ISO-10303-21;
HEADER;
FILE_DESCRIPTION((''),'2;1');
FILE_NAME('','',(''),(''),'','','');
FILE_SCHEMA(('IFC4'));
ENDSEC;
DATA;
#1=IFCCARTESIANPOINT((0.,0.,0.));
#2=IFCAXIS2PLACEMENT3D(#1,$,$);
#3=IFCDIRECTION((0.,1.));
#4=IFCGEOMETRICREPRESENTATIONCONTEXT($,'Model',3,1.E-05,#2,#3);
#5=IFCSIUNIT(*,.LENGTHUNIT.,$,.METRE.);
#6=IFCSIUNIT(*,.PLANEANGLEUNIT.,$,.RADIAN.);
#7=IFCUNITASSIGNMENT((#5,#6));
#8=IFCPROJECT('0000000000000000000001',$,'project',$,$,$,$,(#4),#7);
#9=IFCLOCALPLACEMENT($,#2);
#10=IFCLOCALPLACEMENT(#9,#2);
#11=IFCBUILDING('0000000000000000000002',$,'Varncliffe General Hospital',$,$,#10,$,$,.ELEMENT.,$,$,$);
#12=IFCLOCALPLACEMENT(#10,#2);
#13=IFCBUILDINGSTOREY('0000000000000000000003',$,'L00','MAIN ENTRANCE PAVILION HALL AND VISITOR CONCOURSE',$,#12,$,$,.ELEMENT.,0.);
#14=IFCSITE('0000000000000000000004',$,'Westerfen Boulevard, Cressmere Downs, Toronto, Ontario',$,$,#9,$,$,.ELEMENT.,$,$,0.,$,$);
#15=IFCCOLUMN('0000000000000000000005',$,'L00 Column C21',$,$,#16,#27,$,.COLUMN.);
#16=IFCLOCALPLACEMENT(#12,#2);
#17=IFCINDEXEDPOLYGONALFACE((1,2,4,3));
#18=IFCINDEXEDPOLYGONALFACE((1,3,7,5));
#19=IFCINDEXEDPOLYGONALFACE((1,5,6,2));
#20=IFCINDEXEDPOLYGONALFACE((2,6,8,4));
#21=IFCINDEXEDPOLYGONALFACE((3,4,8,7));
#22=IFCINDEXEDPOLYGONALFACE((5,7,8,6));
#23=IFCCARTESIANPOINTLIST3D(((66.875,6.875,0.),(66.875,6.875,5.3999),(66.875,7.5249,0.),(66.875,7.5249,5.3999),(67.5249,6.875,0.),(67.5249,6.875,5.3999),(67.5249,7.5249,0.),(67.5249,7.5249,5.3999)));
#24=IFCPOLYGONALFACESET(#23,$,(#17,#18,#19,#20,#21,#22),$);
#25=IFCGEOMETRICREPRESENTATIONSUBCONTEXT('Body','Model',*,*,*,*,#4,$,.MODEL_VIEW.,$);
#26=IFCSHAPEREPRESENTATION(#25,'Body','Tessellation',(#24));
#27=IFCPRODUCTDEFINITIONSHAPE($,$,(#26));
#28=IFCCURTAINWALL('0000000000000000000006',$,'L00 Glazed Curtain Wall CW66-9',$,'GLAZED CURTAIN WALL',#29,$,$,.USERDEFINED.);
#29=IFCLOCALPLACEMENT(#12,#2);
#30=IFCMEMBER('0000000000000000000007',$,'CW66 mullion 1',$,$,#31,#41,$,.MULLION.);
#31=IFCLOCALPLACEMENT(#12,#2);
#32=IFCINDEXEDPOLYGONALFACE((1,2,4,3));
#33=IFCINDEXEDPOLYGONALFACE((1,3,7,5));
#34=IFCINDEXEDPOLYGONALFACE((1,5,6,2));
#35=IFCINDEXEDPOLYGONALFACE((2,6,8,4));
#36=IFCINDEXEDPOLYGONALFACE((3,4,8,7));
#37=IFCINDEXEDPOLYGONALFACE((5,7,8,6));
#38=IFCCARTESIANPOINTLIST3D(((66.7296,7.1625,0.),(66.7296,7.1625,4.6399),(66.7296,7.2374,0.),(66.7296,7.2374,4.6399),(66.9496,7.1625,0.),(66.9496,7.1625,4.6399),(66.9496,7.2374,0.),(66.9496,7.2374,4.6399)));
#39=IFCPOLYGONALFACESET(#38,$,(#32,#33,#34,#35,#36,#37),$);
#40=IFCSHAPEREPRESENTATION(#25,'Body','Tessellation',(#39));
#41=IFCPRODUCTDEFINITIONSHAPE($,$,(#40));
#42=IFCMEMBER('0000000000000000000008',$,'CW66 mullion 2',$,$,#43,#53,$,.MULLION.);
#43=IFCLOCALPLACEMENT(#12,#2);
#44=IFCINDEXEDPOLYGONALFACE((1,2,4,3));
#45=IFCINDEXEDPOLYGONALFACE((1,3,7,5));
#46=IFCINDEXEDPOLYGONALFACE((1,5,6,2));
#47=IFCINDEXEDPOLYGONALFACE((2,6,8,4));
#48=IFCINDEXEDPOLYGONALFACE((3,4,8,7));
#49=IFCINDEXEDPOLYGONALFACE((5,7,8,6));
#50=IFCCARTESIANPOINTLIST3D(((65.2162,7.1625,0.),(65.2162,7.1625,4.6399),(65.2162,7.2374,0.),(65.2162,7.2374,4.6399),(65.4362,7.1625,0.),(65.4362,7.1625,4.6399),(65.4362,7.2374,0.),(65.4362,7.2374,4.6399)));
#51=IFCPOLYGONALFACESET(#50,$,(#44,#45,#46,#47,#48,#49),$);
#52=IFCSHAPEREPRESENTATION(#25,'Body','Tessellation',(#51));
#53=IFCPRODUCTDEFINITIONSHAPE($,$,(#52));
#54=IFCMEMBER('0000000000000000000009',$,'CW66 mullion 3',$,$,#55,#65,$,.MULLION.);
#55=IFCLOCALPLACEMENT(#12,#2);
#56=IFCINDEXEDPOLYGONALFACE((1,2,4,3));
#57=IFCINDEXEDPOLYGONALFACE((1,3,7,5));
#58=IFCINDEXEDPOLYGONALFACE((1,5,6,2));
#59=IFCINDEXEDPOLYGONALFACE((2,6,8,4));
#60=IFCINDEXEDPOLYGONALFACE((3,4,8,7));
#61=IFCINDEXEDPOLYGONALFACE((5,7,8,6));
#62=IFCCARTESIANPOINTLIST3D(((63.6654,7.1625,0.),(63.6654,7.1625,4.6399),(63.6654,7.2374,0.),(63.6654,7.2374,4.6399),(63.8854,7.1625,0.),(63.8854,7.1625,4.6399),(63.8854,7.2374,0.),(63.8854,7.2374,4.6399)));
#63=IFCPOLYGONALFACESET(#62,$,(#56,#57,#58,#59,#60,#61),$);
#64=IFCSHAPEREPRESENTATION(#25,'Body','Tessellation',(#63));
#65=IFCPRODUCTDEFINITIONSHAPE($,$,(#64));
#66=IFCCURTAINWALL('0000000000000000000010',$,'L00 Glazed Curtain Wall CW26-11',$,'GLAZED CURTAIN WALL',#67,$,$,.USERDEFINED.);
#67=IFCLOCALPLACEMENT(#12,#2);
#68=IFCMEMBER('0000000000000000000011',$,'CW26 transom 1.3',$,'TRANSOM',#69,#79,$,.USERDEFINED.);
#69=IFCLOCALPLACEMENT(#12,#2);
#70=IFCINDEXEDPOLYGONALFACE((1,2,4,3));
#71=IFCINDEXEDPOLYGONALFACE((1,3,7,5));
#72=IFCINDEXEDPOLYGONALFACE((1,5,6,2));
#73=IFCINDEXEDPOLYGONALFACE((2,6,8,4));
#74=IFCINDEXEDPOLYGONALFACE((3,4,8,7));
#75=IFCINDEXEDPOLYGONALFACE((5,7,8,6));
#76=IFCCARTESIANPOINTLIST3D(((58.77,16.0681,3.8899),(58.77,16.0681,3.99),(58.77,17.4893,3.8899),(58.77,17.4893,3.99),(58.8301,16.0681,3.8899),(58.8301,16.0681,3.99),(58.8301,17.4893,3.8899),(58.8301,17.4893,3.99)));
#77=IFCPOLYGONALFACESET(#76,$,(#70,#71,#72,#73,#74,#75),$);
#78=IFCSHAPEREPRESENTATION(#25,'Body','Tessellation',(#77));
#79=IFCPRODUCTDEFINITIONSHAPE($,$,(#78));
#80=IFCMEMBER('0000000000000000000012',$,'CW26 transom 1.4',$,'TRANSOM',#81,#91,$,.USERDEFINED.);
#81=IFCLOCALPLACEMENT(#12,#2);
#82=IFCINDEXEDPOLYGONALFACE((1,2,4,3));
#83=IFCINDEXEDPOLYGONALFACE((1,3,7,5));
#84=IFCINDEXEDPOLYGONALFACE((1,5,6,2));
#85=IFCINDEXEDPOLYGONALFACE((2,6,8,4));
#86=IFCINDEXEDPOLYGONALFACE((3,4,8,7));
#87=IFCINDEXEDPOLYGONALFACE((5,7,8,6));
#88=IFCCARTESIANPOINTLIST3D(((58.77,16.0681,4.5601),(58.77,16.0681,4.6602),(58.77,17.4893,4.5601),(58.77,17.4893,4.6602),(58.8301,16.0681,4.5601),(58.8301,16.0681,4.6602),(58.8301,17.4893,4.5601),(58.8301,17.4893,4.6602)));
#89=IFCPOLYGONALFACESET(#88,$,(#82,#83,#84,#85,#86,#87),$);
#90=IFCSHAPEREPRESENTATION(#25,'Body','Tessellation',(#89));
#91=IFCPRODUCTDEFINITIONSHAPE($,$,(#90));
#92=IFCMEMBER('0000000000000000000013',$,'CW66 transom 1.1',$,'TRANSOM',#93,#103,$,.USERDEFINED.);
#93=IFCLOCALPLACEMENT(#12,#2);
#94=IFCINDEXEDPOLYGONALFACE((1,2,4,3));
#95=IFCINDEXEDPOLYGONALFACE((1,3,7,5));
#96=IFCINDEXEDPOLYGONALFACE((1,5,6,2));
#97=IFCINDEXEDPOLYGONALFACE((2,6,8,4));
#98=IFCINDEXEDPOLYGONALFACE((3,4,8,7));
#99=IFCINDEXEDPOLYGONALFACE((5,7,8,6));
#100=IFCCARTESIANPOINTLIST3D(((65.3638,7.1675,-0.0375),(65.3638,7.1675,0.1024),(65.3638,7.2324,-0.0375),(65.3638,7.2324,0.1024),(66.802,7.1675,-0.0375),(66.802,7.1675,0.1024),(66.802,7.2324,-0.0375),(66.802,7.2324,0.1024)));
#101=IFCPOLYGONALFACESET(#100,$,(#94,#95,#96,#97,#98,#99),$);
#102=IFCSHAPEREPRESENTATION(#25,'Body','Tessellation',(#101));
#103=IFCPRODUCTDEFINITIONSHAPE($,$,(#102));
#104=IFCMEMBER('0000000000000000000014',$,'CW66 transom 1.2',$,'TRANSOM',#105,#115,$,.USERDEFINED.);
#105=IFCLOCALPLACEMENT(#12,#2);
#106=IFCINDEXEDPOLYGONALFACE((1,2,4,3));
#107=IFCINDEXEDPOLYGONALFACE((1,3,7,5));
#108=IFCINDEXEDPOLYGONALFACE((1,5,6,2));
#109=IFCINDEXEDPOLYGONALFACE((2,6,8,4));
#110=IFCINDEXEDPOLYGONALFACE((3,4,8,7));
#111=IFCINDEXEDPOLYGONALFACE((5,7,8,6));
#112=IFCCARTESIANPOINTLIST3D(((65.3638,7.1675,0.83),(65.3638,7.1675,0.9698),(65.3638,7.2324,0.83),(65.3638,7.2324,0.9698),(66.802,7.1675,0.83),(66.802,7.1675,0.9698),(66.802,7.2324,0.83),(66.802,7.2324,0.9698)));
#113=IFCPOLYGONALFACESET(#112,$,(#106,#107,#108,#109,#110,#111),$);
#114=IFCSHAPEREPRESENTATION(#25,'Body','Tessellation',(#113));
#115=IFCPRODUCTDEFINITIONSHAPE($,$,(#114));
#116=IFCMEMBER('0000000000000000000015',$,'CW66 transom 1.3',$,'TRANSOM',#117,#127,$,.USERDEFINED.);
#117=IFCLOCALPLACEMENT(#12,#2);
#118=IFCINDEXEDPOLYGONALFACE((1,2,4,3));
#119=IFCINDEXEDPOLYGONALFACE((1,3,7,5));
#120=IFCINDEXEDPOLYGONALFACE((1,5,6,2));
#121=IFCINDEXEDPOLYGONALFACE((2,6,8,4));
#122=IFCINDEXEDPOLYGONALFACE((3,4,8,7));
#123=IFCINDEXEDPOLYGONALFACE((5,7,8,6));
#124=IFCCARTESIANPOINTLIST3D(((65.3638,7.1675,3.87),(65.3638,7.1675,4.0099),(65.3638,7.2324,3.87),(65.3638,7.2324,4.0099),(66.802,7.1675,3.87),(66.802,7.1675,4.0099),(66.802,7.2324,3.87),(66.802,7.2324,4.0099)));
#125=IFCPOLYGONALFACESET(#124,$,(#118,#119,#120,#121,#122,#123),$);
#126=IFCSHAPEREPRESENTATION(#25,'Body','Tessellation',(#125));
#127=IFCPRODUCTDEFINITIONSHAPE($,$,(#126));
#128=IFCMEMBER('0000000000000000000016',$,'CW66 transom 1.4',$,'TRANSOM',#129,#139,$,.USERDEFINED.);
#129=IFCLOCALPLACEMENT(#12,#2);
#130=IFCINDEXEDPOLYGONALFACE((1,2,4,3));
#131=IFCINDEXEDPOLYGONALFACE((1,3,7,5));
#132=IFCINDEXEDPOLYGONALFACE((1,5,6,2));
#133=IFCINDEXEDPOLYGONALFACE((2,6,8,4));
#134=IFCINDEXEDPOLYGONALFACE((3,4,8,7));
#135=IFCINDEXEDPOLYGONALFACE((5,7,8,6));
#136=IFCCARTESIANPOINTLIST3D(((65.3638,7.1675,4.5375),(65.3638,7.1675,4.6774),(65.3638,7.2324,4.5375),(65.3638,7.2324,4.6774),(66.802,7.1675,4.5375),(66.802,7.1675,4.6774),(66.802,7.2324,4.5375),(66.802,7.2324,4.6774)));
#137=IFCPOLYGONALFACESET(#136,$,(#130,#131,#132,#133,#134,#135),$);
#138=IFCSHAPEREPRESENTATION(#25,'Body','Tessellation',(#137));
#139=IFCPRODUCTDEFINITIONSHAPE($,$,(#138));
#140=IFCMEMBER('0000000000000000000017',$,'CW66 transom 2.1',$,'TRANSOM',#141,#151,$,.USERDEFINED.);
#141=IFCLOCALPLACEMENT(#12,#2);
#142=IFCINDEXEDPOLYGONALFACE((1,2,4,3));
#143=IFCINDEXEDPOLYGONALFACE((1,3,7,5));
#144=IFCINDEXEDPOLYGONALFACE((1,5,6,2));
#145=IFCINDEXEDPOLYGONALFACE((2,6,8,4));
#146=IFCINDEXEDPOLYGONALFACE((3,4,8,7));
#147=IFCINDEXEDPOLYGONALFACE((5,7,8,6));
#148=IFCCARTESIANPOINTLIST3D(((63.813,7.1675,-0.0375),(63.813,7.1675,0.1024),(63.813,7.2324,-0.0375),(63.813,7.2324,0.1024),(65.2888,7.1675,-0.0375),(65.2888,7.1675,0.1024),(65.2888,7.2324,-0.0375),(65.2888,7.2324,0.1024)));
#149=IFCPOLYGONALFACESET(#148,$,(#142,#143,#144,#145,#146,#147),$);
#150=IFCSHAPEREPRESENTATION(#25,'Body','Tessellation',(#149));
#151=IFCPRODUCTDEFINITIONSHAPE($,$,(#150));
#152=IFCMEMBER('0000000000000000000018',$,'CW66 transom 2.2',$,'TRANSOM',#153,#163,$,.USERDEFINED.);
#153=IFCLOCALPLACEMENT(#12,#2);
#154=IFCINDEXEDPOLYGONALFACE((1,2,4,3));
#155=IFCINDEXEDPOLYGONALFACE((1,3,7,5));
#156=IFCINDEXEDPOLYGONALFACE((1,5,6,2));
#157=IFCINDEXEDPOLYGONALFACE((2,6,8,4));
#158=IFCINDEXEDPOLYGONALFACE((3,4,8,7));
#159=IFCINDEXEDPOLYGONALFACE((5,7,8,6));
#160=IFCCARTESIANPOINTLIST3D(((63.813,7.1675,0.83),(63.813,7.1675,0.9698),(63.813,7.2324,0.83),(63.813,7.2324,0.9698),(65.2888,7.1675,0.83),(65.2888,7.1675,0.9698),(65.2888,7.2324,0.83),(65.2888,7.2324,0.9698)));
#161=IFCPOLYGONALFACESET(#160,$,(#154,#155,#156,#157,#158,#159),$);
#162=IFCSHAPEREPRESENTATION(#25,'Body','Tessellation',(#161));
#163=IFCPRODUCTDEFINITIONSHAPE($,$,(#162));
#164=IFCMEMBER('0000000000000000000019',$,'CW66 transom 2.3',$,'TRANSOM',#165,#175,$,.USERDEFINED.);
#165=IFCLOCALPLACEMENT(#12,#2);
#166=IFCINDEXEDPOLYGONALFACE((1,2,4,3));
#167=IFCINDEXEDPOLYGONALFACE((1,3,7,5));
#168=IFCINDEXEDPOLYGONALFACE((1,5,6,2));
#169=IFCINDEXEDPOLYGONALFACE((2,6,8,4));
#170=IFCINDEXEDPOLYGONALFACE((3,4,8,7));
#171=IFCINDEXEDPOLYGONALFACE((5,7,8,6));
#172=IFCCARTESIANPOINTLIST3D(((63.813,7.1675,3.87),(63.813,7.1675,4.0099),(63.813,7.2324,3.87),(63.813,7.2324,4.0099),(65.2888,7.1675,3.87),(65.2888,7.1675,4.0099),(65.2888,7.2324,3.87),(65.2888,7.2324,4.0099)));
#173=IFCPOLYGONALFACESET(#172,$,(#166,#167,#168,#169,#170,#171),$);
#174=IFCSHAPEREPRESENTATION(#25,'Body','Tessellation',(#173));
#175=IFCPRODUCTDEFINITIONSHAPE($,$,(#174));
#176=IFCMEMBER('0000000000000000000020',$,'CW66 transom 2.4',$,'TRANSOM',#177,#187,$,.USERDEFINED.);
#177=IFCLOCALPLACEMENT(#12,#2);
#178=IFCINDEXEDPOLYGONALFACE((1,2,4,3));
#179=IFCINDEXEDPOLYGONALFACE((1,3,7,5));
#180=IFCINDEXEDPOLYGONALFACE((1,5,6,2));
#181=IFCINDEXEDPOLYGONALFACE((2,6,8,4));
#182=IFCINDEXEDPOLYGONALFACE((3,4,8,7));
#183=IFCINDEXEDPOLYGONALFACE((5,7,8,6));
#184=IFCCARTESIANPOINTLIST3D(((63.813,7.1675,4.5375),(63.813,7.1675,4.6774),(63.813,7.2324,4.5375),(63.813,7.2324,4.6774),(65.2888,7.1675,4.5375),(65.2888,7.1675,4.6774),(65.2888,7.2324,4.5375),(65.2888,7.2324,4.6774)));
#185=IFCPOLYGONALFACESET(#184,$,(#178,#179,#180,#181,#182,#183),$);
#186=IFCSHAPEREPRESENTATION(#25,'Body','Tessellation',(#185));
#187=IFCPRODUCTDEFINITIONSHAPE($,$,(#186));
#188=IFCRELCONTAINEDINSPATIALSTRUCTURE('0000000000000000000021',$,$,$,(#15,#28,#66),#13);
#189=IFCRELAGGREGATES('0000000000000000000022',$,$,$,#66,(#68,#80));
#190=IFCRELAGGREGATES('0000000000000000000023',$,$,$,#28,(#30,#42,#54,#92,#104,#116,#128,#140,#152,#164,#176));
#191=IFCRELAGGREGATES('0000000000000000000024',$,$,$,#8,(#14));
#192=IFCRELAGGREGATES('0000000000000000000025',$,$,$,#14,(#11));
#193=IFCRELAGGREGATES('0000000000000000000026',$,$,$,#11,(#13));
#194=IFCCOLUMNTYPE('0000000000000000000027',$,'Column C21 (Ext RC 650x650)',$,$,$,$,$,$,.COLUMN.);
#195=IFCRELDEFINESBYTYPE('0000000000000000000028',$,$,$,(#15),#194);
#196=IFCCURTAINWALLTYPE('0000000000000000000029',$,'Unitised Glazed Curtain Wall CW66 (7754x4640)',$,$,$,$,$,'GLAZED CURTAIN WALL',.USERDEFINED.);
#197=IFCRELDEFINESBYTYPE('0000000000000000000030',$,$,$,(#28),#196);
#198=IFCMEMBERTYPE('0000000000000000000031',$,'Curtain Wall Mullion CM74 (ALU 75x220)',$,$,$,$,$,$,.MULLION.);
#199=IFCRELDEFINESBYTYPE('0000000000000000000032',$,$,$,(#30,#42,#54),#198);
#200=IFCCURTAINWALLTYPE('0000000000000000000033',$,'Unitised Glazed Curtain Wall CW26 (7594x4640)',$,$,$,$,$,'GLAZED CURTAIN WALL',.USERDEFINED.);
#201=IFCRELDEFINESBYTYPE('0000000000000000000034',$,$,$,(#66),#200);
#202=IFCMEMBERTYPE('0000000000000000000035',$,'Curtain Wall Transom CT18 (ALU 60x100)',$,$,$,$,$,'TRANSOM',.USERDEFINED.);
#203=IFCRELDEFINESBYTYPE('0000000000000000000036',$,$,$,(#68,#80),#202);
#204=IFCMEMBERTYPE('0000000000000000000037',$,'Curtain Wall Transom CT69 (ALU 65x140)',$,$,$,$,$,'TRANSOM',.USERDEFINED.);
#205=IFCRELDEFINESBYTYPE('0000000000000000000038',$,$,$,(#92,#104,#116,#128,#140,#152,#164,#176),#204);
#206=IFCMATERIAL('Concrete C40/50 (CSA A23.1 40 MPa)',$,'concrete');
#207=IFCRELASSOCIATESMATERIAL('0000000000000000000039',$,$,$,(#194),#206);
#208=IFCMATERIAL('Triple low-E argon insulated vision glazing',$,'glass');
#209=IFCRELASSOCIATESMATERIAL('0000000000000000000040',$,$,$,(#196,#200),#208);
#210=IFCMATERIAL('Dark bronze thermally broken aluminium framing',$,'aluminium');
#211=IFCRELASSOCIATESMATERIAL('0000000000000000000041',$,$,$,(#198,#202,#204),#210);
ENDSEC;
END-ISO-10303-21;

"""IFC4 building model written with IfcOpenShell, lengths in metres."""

from ifc_helpers import new_model, si_unit, direction, frame, origin, origin_2d, place, context, subcontext, project, spatial, rectangle, extrude, material, material_profile, profile_set, type_object, element, aggregate, save


model = new_model("IFC4")

# Units and contexts
model_context = context("Model", 3, precision=1e-05, world=origin(), true_north=direction((0.0, 1.0)))
body_context = subcontext(model_context, "Body", "Model", "MODEL_VIEW")
ifc_project = project(units=[si_unit("LENGTHUNIT", "METRE"), si_unit("PLANEANGLEUNIT", "RADIAN")], contexts=[model_context])

# Site, building, storey
site_placement = place(None, origin())
site = spatial("IfcSite", under=ifc_project, at=site_placement, Name="Westerfen Boulevard, Cressmere Downs, Toronto, Ontario", CompositionType="ELEMENT", RefElevation=0.0)
building_placement = place(site_placement, origin())
building = spatial("IfcBuilding", under=site, at=building_placement, Name="Varncliffe General Hospital", CompositionType="ELEMENT")
storey_placement = place(building_placement, origin())
storey = spatial("IfcBuildingStorey", under=building, at=storey_placement, Name="L00", Description="MAIN ENTRANCE PAVILION HALL AND VISITOR CONCOURSE", CompositionType="ELEMENT", Elevation=0.0)

# Column
ifc_material_1 = material(Name="Concrete C40/50 (CSA A23.1 40 MPa)", Category="concrete")
ifc_material_profile_1 = material_profile(ifc_material_1, rectangle(XDim=0.6499, YDim=0.6499, at=origin_2d()), Name="RC 650x650")
ifc_profile_set_1 = profile_set([ifc_material_profile_1], Name="Concrete C40/50 (CSA A23.1 40 MPa)")
column_type = type_object("IfcColumnType", Name="Column C21 (Ext RC 650x650)", PredefinedType="COLUMN", material=ifc_profile_set_1)
column_placement = place(storey_placement, frame((67.2, 7.2, 0.0), z_axis=(0.0, 0.0, 1.0), x_axis=(1.0, 0.0, 0.0)))
element("IfcColumn", 1, at=column_placement, inside=storey, type_object=column_type, Name="L00 Column C21", PredefinedType="COLUMN", context=body_context, shape_type="SweptSolid", body=[
    extrude(rectangle(XDim=0.6499, YDim=0.6499, at=origin_2d()), origin(), (0.0, 0.0, 1.0), 5.3999),
])

# Curtain walls, members
ifc_material_2 = material(Name="Triple low-E argon insulated vision glazing", Category="glass")
curtain_wall_type_1 = type_object("IfcCurtainWallType", Name="Unitised Glazed Curtain Wall CW66 (7754x4640)", ElementType="GLAZED CURTAIN WALL", PredefinedType="USERDEFINED", material=ifc_material_2)
curtain_wall_1_placement = place(storey_placement, origin())
curtain_wall_1 = element("IfcCurtainWall", 2, at=curtain_wall_1_placement, inside=storey, type_object=curtain_wall_type_1, Name="L00 Glazed Curtain Wall CW66-9", ObjectType="GLAZED CURTAIN WALL", PredefinedType="USERDEFINED")
ifc_material_3 = material(Name="Dark bronze thermally broken aluminium framing", Category="aluminium")
ifc_material_profile_2 = material_profile(ifc_material_3, rectangle(XDim=0.075, YDim=0.22, at=origin_2d()), Name="ALU 75x220")
ifc_profile_set_2 = profile_set([ifc_material_profile_2], Name="Dark bronze thermally broken aluminium framing")
member_type_1 = type_object("IfcMemberType", Name="Curtain Wall Mullion CM74 (ALU 75x220)", PredefinedType="MULLION", material=ifc_profile_set_2)
member_1_placement = place(storey_placement, frame((66.8396, 7.2, 0.0), z_axis=(0.0, 0.0, 1.0), x_axis=(0.0, -1.0, 0.0)))
member_1 = element("IfcMember", 3, at=member_1_placement, type_object=member_type_1, Name="CW66 mullion 1", PredefinedType="MULLION", context=body_context, shape_type="SweptSolid", body=[
    extrude(rectangle(XDim=0.075, YDim=0.22, at=origin_2d()), origin(), (0.0, 0.0, 1.0), 4.6399),
])
member_2_placement = place(storey_placement, frame((65.3262, 7.2, 0.0), z_axis=(0.0, 0.0, 1.0), x_axis=(0.0, -1.0, 0.0)))
member_2 = element("IfcMember", 4, at=member_2_placement, type_object=member_type_1, Name="CW66 mullion 2", PredefinedType="MULLION", context=body_context, shape_type="SweptSolid", body=[
    extrude(rectangle(XDim=0.075, YDim=0.22, at=origin_2d()), origin(), (0.0, 0.0, 1.0), 4.6399),
])
member_3_placement = place(storey_placement, frame((63.7754, 7.2, 0.0), z_axis=(0.0, 0.0, 1.0), x_axis=(0.0, -1.0, 0.0)))
member_3 = element("IfcMember", 5, at=member_3_placement, type_object=member_type_1, Name="CW66 mullion 3", PredefinedType="MULLION", context=body_context, shape_type="SweptSolid", body=[
    extrude(rectangle(XDim=0.075, YDim=0.22, at=origin_2d()), origin(), (0.0, 0.0, 1.0), 4.6399),
])
curtain_wall_type_2 = type_object("IfcCurtainWallType", Name="Unitised Glazed Curtain Wall CW26 (7594x4640)", ElementType="GLAZED CURTAIN WALL", PredefinedType="USERDEFINED", material=ifc_material_2)
curtain_wall_2_placement = place(storey_placement, origin())
curtain_wall_2 = element("IfcCurtainWall", 6, at=curtain_wall_2_placement, inside=storey, type_object=curtain_wall_type_2, Name="L00 Glazed Curtain Wall CW26-11", ObjectType="GLAZED CURTAIN WALL", PredefinedType="USERDEFINED")
ifc_material_profile_3 = material_profile(ifc_material_3, rectangle(XDim=0.0601, YDim=0.1001, at=origin_2d()), Name="ALU 60x100")
ifc_profile_set_3 = profile_set([ifc_material_profile_3], Name="Dark bronze thermally broken aluminium framing")
member_type_2 = type_object("IfcMemberType", Name="Curtain Wall Transom CT18 (ALU 60x100)", ElementType="TRANSOM", PredefinedType="USERDEFINED", material=ifc_profile_set_3)
member_4_placement = place(storey_placement, frame((58.8, 16.0681, 3.9399), z_axis=(0.0, 1.0, 0.0), x_axis=(-1.0, 0.0, 0.0)))
member_4 = element("IfcMember", 7, at=member_4_placement, type_object=member_type_2, Name="CW26 transom 1.3", ObjectType="TRANSOM", PredefinedType="USERDEFINED", context=body_context, shape_type="SweptSolid", body=[
    extrude(rectangle(XDim=0.0601, YDim=0.1001, at=origin_2d()), origin(), (0.0, 0.0, 1.0), 1.4211),
])
member_5_placement = place(storey_placement, frame((58.8, 16.0681, 4.6101), z_axis=(0.0, 1.0, 0.0), x_axis=(-1.0, 0.0, 0.0)))
member_5 = element("IfcMember", 8, at=member_5_placement, type_object=member_type_2, Name="CW26 transom 1.4", ObjectType="TRANSOM", PredefinedType="USERDEFINED", context=body_context, shape_type="SweptSolid", body=[
    extrude(rectangle(XDim=0.0601, YDim=0.1001, at=origin_2d()), origin(), (0.0, 0.0, 1.0), 1.4211),
])

# Members
ifc_material_profile_4 = material_profile(ifc_material_3, rectangle(XDim=0.0649, YDim=0.1399, at=origin_2d()), Name="ALU 65x140")
ifc_profile_set_4 = profile_set([ifc_material_profile_4], Name="Dark bronze thermally broken aluminium framing")
member_type_3 = type_object("IfcMemberType", Name="Curtain Wall Transom CT69 (ALU 65x140)", ElementType="TRANSOM", PredefinedType="USERDEFINED", material=ifc_profile_set_4)
member_6_placement = place(storey_placement, frame((66.802, 7.2, 0.0325), z_axis=(-1.0, 0.0, 0.0), x_axis=(0.0, -1.0, 0.0)))
member_6 = element("IfcMember", 9, at=member_6_placement, type_object=member_type_3, Name="CW66 transom 1.1", ObjectType="TRANSOM", PredefinedType="USERDEFINED", context=body_context, shape_type="SweptSolid", body=[
    extrude(rectangle(XDim=0.0649, YDim=0.1399, at=origin_2d()), origin(), (0.0, 0.0, 1.0), 1.4382),
])
member_7_placement = place(storey_placement, frame((66.802, 7.2, 0.8999), z_axis=(-1.0, 0.0, 0.0), x_axis=(0.0, -1.0, 0.0)))
member_7 = element("IfcMember", 10, at=member_7_placement, type_object=member_type_3, Name="CW66 transom 1.2", ObjectType="TRANSOM", PredefinedType="USERDEFINED", context=body_context, shape_type="SweptSolid", body=[
    extrude(rectangle(XDim=0.0649, YDim=0.1399, at=origin_2d()), origin(), (0.0, 0.0, 1.0), 1.4382),
])
member_8_placement = place(storey_placement, frame((66.802, 7.2, 3.9399), z_axis=(-1.0, 0.0, 0.0), x_axis=(0.0, -1.0, 0.0)))
member_8 = element("IfcMember", 11, at=member_8_placement, type_object=member_type_3, Name="CW66 transom 1.3", ObjectType="TRANSOM", PredefinedType="USERDEFINED", context=body_context, shape_type="SweptSolid", body=[
    extrude(rectangle(XDim=0.0649, YDim=0.1399, at=origin_2d()), origin(), (0.0, 0.0, 1.0), 1.4382),
])
member_9_placement = place(storey_placement, frame((66.802, 7.2, 4.6074), z_axis=(-1.0, 0.0, 0.0), x_axis=(0.0, -1.0, 0.0)))
member_9 = element("IfcMember", 12, at=member_9_placement, type_object=member_type_3, Name="CW66 transom 1.4", ObjectType="TRANSOM", PredefinedType="USERDEFINED", context=body_context, shape_type="SweptSolid", body=[
    extrude(rectangle(XDim=0.0649, YDim=0.1399, at=origin_2d()), origin(), (0.0, 0.0, 1.0), 1.4382),
])
member_10_placement = place(storey_placement, frame((65.2888, 7.2, 0.0325), z_axis=(-1.0, 0.0, 0.0), x_axis=(0.0, -1.0, 0.0)))
member_10 = element("IfcMember", 13, at=member_10_placement, type_object=member_type_3, Name="CW66 transom 2.1", ObjectType="TRANSOM", PredefinedType="USERDEFINED", context=body_context, shape_type="SweptSolid", body=[
    extrude(rectangle(XDim=0.0649, YDim=0.1399, at=origin_2d()), origin(), (0.0, 0.0, 1.0), 1.4758),
])
member_11_placement = place(storey_placement, frame((65.2888, 7.2, 0.8999), z_axis=(-1.0, 0.0, 0.0), x_axis=(0.0, -1.0, 0.0)))
member_11 = element("IfcMember", 14, at=member_11_placement, type_object=member_type_3, Name="CW66 transom 2.2", ObjectType="TRANSOM", PredefinedType="USERDEFINED", context=body_context, shape_type="SweptSolid", body=[
    extrude(rectangle(XDim=0.0649, YDim=0.1399, at=origin_2d()), origin(), (0.0, 0.0, 1.0), 1.4758),
])
member_12_placement = place(storey_placement, frame((65.2888, 7.2, 3.9399), z_axis=(-1.0, 0.0, 0.0), x_axis=(0.0, -1.0, 0.0)))
member_12 = element("IfcMember", 15, at=member_12_placement, type_object=member_type_3, Name="CW66 transom 2.3", ObjectType="TRANSOM", PredefinedType="USERDEFINED", context=body_context, shape_type="SweptSolid", body=[
    extrude(rectangle(XDim=0.0649, YDim=0.1399, at=origin_2d()), origin(), (0.0, 0.0, 1.0), 1.4758),
])
member_13_placement = place(storey_placement, frame((65.2888, 7.2, 4.6074), z_axis=(-1.0, 0.0, 0.0), x_axis=(0.0, -1.0, 0.0)))
member_13 = element("IfcMember", 16, at=member_13_placement, type_object=member_type_3, Name="CW66 transom 2.4", ObjectType="TRANSOM", PredefinedType="USERDEFINED", context=body_context, shape_type="SweptSolid", body=[
    extrude(rectangle(XDim=0.0649, YDim=0.1399, at=origin_2d()), origin(), (0.0, 0.0, 1.0), 1.4758),
])

aggregate(curtain_wall_2, [member_4, member_5])
aggregate(curtain_wall_1, [member_1, member_2, member_3, member_6, member_7, member_8, member_9, member_10, member_11, member_12, member_13])

save(model, "model.ifc")
